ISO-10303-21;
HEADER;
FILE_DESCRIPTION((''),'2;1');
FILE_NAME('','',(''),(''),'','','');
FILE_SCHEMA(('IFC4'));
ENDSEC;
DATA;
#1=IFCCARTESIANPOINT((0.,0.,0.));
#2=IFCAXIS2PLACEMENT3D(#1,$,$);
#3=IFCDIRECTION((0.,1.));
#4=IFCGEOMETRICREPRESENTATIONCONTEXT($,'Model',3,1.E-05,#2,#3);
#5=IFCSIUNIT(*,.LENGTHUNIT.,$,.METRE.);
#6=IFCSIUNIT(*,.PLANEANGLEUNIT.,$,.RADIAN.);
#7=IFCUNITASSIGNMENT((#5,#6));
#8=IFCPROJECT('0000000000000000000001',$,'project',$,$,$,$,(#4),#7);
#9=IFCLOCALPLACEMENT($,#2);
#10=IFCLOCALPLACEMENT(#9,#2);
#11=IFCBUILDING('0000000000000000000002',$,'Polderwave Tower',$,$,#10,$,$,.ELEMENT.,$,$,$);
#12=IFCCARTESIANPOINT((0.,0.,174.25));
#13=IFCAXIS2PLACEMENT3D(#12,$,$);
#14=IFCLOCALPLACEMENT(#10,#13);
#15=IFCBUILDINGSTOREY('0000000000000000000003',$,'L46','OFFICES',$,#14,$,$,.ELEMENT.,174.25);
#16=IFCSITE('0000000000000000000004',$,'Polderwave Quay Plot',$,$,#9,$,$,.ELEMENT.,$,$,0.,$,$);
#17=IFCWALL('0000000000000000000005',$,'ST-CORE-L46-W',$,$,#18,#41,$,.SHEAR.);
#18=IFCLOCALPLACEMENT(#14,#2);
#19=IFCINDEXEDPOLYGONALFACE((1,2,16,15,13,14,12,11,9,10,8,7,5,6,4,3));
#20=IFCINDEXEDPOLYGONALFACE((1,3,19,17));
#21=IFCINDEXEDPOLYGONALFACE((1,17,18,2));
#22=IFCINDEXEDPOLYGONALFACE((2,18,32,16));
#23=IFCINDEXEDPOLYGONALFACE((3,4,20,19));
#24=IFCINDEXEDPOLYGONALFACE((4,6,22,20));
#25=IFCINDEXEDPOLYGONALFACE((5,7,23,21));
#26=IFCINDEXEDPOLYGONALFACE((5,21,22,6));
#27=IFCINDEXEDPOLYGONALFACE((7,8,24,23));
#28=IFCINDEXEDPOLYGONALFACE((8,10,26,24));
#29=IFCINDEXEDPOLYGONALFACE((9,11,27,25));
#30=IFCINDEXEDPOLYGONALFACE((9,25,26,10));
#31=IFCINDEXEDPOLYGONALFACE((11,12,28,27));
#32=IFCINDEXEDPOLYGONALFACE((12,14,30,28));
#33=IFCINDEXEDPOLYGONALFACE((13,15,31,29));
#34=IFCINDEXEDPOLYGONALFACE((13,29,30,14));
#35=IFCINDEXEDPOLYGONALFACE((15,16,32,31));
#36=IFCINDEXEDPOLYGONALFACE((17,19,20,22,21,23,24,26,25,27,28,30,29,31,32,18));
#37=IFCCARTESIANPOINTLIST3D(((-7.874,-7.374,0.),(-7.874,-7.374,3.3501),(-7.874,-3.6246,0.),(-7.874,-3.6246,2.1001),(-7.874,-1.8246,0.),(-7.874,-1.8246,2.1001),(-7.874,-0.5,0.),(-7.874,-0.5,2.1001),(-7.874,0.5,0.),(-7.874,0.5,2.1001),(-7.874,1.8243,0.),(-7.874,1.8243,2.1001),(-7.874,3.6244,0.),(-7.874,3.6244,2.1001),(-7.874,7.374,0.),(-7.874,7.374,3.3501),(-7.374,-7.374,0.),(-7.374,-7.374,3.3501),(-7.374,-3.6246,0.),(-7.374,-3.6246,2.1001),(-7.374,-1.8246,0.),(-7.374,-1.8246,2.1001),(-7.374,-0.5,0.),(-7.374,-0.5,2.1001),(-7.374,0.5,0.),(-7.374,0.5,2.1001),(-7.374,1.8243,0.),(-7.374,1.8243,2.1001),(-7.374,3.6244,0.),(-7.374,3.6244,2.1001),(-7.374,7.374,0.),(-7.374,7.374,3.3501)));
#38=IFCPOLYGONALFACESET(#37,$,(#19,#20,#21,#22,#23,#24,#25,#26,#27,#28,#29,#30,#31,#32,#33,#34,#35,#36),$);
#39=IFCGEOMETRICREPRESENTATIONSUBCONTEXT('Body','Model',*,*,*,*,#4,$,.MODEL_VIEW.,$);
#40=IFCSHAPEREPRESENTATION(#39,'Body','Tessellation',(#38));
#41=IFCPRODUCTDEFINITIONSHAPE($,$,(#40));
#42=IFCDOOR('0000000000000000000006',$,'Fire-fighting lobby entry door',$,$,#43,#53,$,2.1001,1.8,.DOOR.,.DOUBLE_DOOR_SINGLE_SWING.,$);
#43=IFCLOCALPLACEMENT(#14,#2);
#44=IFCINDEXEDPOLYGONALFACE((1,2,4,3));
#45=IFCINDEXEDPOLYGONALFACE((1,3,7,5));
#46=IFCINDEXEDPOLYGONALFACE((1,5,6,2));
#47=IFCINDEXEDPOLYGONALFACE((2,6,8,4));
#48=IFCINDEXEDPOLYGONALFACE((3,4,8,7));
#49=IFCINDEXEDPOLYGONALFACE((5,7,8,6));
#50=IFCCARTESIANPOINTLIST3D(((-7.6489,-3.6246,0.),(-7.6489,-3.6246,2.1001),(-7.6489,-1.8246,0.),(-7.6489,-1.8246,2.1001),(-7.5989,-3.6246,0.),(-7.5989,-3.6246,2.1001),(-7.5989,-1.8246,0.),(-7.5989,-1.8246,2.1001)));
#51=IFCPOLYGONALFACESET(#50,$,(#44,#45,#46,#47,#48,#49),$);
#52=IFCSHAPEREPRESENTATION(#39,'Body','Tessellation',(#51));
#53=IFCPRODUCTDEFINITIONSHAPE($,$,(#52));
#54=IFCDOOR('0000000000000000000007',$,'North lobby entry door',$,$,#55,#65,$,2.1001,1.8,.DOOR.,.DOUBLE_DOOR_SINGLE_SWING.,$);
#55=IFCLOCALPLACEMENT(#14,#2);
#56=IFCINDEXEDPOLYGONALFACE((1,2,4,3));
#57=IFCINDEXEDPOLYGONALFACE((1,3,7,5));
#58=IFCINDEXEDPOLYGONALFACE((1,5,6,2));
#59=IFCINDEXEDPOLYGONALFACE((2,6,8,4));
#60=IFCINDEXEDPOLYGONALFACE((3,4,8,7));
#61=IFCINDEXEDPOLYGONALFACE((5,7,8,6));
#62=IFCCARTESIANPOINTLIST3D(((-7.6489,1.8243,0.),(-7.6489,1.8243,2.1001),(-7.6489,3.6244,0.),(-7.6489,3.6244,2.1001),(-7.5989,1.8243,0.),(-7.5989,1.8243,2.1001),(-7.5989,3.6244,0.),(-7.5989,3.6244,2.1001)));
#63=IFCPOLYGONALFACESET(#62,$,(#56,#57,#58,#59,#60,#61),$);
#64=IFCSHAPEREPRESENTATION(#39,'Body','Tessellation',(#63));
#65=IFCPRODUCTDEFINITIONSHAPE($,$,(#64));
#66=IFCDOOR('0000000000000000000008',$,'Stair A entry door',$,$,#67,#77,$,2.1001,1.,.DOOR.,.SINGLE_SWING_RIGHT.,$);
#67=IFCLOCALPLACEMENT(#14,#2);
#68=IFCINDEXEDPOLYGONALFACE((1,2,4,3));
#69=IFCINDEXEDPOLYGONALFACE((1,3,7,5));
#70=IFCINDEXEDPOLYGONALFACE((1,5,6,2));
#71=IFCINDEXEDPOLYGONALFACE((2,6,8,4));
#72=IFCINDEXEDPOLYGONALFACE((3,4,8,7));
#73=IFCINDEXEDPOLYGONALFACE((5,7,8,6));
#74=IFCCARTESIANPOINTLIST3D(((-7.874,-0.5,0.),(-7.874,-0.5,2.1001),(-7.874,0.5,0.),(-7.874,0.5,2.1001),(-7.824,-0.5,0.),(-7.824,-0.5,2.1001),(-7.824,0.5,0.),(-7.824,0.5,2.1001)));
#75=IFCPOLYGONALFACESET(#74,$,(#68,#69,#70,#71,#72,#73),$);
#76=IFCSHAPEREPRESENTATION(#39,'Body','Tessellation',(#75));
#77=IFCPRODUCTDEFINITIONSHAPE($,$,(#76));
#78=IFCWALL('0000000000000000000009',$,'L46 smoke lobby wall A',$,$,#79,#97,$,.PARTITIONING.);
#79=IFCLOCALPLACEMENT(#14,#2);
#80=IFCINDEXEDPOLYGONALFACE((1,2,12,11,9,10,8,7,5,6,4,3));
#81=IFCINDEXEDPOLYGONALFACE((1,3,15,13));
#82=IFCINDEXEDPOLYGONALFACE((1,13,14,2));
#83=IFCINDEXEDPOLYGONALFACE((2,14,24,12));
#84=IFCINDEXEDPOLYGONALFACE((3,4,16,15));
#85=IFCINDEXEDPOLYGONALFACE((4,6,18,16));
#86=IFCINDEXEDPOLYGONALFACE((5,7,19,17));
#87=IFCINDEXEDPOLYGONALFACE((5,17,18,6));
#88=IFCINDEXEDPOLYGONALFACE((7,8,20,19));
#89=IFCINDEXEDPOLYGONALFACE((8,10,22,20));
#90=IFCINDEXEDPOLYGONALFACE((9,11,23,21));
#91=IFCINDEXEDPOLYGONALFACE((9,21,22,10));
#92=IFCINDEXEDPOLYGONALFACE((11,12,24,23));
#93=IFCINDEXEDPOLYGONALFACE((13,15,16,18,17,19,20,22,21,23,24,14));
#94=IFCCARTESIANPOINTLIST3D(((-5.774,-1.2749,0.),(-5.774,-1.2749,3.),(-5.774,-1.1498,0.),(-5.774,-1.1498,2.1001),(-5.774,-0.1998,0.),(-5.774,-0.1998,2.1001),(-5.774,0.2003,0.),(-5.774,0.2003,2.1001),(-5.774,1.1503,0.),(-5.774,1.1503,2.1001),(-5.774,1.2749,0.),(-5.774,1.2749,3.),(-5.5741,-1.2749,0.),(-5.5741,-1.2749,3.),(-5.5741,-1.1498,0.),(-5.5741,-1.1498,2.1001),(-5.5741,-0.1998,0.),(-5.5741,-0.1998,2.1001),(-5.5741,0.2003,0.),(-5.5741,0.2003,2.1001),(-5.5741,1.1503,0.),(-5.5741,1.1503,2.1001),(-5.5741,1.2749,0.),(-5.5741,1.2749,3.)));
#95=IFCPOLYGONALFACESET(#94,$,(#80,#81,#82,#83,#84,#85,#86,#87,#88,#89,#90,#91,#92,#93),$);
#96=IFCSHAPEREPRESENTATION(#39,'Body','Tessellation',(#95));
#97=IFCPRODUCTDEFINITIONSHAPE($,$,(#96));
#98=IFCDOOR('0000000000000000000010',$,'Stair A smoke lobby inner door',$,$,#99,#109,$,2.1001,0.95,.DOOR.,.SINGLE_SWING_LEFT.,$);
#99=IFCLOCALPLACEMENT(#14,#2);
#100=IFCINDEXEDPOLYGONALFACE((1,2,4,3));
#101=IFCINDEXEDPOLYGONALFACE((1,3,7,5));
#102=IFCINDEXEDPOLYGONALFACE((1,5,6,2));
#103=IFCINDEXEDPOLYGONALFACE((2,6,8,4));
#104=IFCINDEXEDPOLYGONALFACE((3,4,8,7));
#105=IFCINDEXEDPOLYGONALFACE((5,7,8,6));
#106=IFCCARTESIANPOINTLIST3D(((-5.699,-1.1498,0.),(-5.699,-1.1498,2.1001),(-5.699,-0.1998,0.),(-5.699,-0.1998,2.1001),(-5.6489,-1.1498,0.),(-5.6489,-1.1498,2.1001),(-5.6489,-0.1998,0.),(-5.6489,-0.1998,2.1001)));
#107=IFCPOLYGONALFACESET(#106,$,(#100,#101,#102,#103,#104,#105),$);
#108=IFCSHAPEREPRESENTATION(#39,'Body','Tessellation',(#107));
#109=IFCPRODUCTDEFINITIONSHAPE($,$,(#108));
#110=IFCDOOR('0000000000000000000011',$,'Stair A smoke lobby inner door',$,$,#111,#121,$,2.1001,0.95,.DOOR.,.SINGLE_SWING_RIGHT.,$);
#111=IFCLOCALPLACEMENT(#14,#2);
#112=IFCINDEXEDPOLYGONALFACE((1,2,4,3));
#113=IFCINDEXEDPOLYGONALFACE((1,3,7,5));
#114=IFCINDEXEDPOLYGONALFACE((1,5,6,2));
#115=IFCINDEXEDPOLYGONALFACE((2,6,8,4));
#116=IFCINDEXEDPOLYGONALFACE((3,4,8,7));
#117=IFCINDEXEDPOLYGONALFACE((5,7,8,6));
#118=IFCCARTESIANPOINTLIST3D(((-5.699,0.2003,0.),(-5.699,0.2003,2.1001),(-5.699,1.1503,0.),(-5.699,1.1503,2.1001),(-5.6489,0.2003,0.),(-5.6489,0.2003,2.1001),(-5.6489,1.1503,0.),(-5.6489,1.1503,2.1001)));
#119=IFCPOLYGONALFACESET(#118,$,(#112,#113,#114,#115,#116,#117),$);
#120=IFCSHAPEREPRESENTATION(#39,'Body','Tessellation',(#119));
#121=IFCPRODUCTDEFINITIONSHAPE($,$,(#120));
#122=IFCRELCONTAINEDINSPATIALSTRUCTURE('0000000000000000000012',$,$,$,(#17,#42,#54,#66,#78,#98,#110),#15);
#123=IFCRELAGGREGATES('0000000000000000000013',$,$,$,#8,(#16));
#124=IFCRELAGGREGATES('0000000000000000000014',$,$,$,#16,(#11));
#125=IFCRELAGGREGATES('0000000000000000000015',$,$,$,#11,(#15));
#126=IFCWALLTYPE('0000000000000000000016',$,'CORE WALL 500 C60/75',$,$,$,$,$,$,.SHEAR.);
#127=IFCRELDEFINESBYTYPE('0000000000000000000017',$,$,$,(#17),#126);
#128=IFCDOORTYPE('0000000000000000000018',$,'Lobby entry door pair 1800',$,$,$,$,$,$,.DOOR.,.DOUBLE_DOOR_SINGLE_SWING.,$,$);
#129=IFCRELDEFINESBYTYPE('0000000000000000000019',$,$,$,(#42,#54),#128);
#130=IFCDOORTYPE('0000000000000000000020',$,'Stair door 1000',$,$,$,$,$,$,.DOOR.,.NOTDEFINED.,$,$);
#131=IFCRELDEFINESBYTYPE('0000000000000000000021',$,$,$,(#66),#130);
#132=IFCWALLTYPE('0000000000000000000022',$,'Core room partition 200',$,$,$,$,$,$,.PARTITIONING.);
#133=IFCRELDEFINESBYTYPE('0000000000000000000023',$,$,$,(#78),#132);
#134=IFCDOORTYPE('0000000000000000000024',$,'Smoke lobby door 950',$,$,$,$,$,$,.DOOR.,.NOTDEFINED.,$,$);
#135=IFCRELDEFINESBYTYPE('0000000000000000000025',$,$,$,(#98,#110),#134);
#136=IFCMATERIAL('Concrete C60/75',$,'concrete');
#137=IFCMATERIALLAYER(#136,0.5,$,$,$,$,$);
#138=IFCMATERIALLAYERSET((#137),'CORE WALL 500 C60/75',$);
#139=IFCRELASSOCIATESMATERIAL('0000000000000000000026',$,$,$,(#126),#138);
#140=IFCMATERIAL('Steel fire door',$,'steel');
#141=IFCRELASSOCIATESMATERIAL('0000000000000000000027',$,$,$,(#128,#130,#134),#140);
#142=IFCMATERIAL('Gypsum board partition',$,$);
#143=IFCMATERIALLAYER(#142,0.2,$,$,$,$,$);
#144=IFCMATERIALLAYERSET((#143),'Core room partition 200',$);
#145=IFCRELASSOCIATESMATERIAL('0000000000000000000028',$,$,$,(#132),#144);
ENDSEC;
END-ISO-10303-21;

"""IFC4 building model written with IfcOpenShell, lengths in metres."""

from ifc_helpers import new_model, si_unit, direction, frame, frame_2d, origin, place, context, subcontext, project, spatial, rectangle, extrude, material, layer, layer_set, type_object, element, fill, save


model = new_model("IFC4")

# Units and contexts
model_context = context("Model", 3, precision=1e-05, world=origin(), true_north=direction((0.0, 1.0)))
body_context = subcontext(model_context, "Body", "Model", "MODEL_VIEW")
ifc_project = project(units=[si_unit("LENGTHUNIT", "METRE"), si_unit("PLANEANGLEUNIT", "RADIAN")], contexts=[model_context])

# Site, building, storey
site_placement = place(None, origin())
site = spatial("IfcSite", under=ifc_project, at=site_placement, Name="Polderwave Quay Plot", CompositionType="ELEMENT", RefElevation=0.0)
building_placement = place(site_placement, origin())
building = spatial("IfcBuilding", under=site, at=building_placement, Name="Polderwave Tower", CompositionType="ELEMENT")
storey_placement = place(building_placement, frame((0.0, 0.0, 174.25)))
storey = spatial("IfcBuildingStorey", under=building, at=storey_placement, Name="L46", Description="OFFICES", CompositionType="ELEMENT", Elevation=174.25)

# Walls, openings, doors
ifc_material_1 = material(Name="Concrete C60/75", Category="concrete")
ifc_layer_1 = layer(ifc_material_1, 0.5)
ifc_layer_set_1 = layer_set([ifc_layer_1], Name="CORE WALL 500 C60/75")
wall_type_1 = type_object("IfcWallType", Name="CORE WALL 500 C60/75", PredefinedType="SHEAR", material=ifc_layer_set_1)
wall_1_placement = place(storey_placement, frame((-7.624, -7.374, 0.0), z_axis=(0.0, 0.0, 1.0), x_axis=(0.0, 1.0, 0.0)))
wall_1 = element("IfcWall", 1, at=wall_1_placement, inside=storey, type_object=wall_type_1, Name="ST-CORE-L46-W", PredefinedType="SHEAR", context=body_context, shape_type="SweptSolid", body=[
    extrude(rectangle(XDim=14.748, YDim=0.5, at=frame_2d((7.374, 0.0))), origin(), (0.0, 0.0, 1.0), 3.3501),
])
opening_1_placement = place(wall_1_placement, frame((6.874, 0.0, 0.0)))
opening_1 = element("IfcOpeningElement", 2, at=opening_1_placement, cuts=wall_1, PredefinedType="OPENING", context=body_context, shape_type="SweptSolid", body=[
    extrude(rectangle(XDim=1.0, YDim=2.1001, at=frame_2d((0.5, 1.05))), frame((0.0, 0.26, 0.0), z_axis=(0.0, -1.0, 0.0), x_axis=(1.0, 0.0, 0.0)), (0.0, 0.0, 1.0), 0.52),
])
opening_2_placement = place(wall_1_placement, frame((3.7495, 0.0, 0.0)))
opening_2 = element("IfcOpeningElement", 3, at=opening_2_placement, cuts=wall_1, PredefinedType="OPENING", context=body_context, shape_type="SweptSolid", body=[
    extrude(rectangle(XDim=1.8, YDim=2.1001, at=frame_2d((0.8999, 1.05))), frame((0.0, 0.26, 0.0), z_axis=(0.0, -1.0, 0.0), x_axis=(1.0, 0.0, 0.0)), (0.0, 0.0, 1.0), 0.52),
])
opening_3_placement = place(wall_1_placement, frame((9.1985, 0.0, 0.0)))
opening_3 = element("IfcOpeningElement", 4, at=opening_3_placement, cuts=wall_1, PredefinedType="OPENING", context=body_context, shape_type="SweptSolid", body=[
    extrude(rectangle(XDim=1.8, YDim=2.1001, at=frame_2d((0.8999, 1.05))), frame((0.0, 0.26, 0.0), z_axis=(0.0, -1.0, 0.0), x_axis=(1.0, 0.0, 0.0)), (0.0, 0.0, 1.0), 0.52),
])
ifc_material_2 = material(Name="Steel fire door", Category="steel")
door_type_1 = type_object("IfcDoorType", Name="Lobby entry door pair 1800", OperationType="DOUBLE_DOOR_SINGLE_SWING", PredefinedType="DOOR", material=ifc_material_2)
door_1_placement = place(opening_2_placement, origin())
door_1 = element("IfcDoor", 5, at=door_1_placement, inside=storey, type_object=door_type_1, Name="Fire-fighting lobby entry door", OperationType="DOUBLE_DOOR_SINGLE_SWING", OverallHeight=2.1001, OverallWidth=1.8, PredefinedType="DOOR", context=body_context, shape_type="SweptSolid", body=[
    extrude(rectangle(XDim=1.8, YDim=2.1001, at=frame_2d((0.8999, 1.05))), frame((0.0, 0.0249, 0.0), z_axis=(0.0, -1.0, 0.0), x_axis=(1.0, 0.0, 0.0)), (0.0, 0.0, 1.0), 0.05),
])
fill(opening_2, door_1)
door_2_placement = place(opening_3_placement, origin())
door_2 = element("IfcDoor", 6, at=door_2_placement, inside=storey, type_object=door_type_1, Name="North lobby entry door", OperationType="DOUBLE_DOOR_SINGLE_SWING", OverallHeight=2.1001, OverallWidth=1.8, PredefinedType="DOOR", context=body_context, shape_type="SweptSolid", body=[
    extrude(rectangle(XDim=1.8, YDim=2.1001, at=frame_2d((0.8999, 1.05))), frame((0.0, 0.0249, 0.0), z_axis=(0.0, -1.0, 0.0), x_axis=(1.0, 0.0, 0.0)), (0.0, 0.0, 1.0), 0.05),
])
fill(opening_3, door_2)
door_type_2 = type_object("IfcDoorType", Name="Stair door 1000", OperationType="NOTDEFINED", PredefinedType="DOOR", material=ifc_material_2)
door_3_placement = place(opening_1_placement, origin())
door_3 = element("IfcDoor", 7, at=door_3_placement, inside=storey, type_object=door_type_2, Name="Stair A entry door", OperationType="SINGLE_SWING_RIGHT", OverallHeight=2.1001, OverallWidth=1.0, PredefinedType="DOOR", context=body_context, shape_type="SweptSolid", body=[
    extrude(rectangle(XDim=1.0, YDim=2.1001, at=frame_2d((0.5, 1.05))), frame((0.0, 0.25, 0.0), z_axis=(0.0, -1.0, 0.0), x_axis=(1.0, 0.0, 0.0)), (0.0, 0.0, 1.0), 0.05),
])
fill(opening_1, door_3)
ifc_material_3 = material(Name="Gypsum board partition")
ifc_layer_2 = layer(ifc_material_3, 0.2)
ifc_layer_set_2 = layer_set([ifc_layer_2], Name="Core room partition 200")
wall_type_2 = type_object("IfcWallType", Name="Core room partition 200", PredefinedType="PARTITIONING", material=ifc_layer_set_2)
wall_2_placement = place(storey_placement, frame((-5.6741, -1.2749, 0.0), z_axis=(0.0, 0.0, 1.0), x_axis=(0.0, 1.0, 0.0)))
wall_2 = element("IfcWall", 8, at=wall_2_placement, inside=storey, type_object=wall_type_2, Name="L46 smoke lobby wall A", PredefinedType="PARTITIONING", context=body_context, shape_type="SweptSolid", body=[
    extrude(rectangle(XDim=2.5498, YDim=0.2, at=frame_2d((1.2749, 0.0))), origin(), (0.0, 0.0, 1.0), 3.0),
])
opening_4_placement = place(wall_2_placement, frame((0.125, 0.0, 0.0)))
opening_4 = element("IfcOpeningElement", 9, at=opening_4_placement, cuts=wall_2, PredefinedType="OPENING", context=body_context, shape_type="SweptSolid", body=[
    extrude(rectangle(XDim=0.95, YDim=2.1001, at=frame_2d((0.4751, 1.05))), frame((0.0, 0.1099, 0.0), z_axis=(0.0, -1.0, 0.0), x_axis=(1.0, 0.0, 0.0)), (0.0, 0.0, 1.0), 0.22),
])
opening_5_placement = place(wall_2_placement, frame((1.4751, 0.0, 0.0)))
opening_5 = element("IfcOpeningElement", 10, at=opening_5_placement, cuts=wall_2, PredefinedType="OPENING", context=body_context, shape_type="SweptSolid", body=[
    extrude(rectangle(XDim=0.95, YDim=2.1001, at=frame_2d((0.4751, 1.05))), frame((0.0, 0.1099, 0.0), z_axis=(0.0, -1.0, 0.0), x_axis=(1.0, 0.0, 0.0)), (0.0, 0.0, 1.0), 0.22),
])
door_type_3 = type_object("IfcDoorType", Name="Smoke lobby door 950", OperationType="NOTDEFINED", PredefinedType="DOOR", material=ifc_material_2)
door_4_placement = place(opening_4_placement, origin())
door_4 = element("IfcDoor", 11, at=door_4_placement, inside=storey, type_object=door_type_3, Name="Stair A smoke lobby inner door", OperationType="SINGLE_SWING_LEFT", OverallHeight=2.1001, OverallWidth=0.95, PredefinedType="DOOR", context=body_context, shape_type="SweptSolid", body=[
    extrude(rectangle(XDim=0.95, YDim=2.1001, at=frame_2d((0.4751, 1.05))), frame((0.0, 0.0249, 0.0), z_axis=(0.0, -1.0, 0.0), x_axis=(1.0, 0.0, 0.0)), (0.0, 0.0, 1.0), 0.05),
])
fill(opening_4, door_4)
door_5_placement = place(opening_5_placement, origin())
door_5 = element("IfcDoor", 12, at=door_5_placement, inside=storey, type_object=door_type_3, Name="Stair A smoke lobby inner door", OperationType="SINGLE_SWING_RIGHT", OverallHeight=2.1001, OverallWidth=0.95, PredefinedType="DOOR", context=body_context, shape_type="SweptSolid", body=[
    extrude(rectangle(XDim=0.95, YDim=2.1001, at=frame_2d((0.4751, 1.05))), frame((0.0, 0.0249, 0.0), z_axis=(0.0, -1.0, 0.0), x_axis=(1.0, 0.0, 0.0)), (0.0, 0.0, 1.0), 0.05),
])
fill(opening_5, door_5)

save(model, "model.ifc")
